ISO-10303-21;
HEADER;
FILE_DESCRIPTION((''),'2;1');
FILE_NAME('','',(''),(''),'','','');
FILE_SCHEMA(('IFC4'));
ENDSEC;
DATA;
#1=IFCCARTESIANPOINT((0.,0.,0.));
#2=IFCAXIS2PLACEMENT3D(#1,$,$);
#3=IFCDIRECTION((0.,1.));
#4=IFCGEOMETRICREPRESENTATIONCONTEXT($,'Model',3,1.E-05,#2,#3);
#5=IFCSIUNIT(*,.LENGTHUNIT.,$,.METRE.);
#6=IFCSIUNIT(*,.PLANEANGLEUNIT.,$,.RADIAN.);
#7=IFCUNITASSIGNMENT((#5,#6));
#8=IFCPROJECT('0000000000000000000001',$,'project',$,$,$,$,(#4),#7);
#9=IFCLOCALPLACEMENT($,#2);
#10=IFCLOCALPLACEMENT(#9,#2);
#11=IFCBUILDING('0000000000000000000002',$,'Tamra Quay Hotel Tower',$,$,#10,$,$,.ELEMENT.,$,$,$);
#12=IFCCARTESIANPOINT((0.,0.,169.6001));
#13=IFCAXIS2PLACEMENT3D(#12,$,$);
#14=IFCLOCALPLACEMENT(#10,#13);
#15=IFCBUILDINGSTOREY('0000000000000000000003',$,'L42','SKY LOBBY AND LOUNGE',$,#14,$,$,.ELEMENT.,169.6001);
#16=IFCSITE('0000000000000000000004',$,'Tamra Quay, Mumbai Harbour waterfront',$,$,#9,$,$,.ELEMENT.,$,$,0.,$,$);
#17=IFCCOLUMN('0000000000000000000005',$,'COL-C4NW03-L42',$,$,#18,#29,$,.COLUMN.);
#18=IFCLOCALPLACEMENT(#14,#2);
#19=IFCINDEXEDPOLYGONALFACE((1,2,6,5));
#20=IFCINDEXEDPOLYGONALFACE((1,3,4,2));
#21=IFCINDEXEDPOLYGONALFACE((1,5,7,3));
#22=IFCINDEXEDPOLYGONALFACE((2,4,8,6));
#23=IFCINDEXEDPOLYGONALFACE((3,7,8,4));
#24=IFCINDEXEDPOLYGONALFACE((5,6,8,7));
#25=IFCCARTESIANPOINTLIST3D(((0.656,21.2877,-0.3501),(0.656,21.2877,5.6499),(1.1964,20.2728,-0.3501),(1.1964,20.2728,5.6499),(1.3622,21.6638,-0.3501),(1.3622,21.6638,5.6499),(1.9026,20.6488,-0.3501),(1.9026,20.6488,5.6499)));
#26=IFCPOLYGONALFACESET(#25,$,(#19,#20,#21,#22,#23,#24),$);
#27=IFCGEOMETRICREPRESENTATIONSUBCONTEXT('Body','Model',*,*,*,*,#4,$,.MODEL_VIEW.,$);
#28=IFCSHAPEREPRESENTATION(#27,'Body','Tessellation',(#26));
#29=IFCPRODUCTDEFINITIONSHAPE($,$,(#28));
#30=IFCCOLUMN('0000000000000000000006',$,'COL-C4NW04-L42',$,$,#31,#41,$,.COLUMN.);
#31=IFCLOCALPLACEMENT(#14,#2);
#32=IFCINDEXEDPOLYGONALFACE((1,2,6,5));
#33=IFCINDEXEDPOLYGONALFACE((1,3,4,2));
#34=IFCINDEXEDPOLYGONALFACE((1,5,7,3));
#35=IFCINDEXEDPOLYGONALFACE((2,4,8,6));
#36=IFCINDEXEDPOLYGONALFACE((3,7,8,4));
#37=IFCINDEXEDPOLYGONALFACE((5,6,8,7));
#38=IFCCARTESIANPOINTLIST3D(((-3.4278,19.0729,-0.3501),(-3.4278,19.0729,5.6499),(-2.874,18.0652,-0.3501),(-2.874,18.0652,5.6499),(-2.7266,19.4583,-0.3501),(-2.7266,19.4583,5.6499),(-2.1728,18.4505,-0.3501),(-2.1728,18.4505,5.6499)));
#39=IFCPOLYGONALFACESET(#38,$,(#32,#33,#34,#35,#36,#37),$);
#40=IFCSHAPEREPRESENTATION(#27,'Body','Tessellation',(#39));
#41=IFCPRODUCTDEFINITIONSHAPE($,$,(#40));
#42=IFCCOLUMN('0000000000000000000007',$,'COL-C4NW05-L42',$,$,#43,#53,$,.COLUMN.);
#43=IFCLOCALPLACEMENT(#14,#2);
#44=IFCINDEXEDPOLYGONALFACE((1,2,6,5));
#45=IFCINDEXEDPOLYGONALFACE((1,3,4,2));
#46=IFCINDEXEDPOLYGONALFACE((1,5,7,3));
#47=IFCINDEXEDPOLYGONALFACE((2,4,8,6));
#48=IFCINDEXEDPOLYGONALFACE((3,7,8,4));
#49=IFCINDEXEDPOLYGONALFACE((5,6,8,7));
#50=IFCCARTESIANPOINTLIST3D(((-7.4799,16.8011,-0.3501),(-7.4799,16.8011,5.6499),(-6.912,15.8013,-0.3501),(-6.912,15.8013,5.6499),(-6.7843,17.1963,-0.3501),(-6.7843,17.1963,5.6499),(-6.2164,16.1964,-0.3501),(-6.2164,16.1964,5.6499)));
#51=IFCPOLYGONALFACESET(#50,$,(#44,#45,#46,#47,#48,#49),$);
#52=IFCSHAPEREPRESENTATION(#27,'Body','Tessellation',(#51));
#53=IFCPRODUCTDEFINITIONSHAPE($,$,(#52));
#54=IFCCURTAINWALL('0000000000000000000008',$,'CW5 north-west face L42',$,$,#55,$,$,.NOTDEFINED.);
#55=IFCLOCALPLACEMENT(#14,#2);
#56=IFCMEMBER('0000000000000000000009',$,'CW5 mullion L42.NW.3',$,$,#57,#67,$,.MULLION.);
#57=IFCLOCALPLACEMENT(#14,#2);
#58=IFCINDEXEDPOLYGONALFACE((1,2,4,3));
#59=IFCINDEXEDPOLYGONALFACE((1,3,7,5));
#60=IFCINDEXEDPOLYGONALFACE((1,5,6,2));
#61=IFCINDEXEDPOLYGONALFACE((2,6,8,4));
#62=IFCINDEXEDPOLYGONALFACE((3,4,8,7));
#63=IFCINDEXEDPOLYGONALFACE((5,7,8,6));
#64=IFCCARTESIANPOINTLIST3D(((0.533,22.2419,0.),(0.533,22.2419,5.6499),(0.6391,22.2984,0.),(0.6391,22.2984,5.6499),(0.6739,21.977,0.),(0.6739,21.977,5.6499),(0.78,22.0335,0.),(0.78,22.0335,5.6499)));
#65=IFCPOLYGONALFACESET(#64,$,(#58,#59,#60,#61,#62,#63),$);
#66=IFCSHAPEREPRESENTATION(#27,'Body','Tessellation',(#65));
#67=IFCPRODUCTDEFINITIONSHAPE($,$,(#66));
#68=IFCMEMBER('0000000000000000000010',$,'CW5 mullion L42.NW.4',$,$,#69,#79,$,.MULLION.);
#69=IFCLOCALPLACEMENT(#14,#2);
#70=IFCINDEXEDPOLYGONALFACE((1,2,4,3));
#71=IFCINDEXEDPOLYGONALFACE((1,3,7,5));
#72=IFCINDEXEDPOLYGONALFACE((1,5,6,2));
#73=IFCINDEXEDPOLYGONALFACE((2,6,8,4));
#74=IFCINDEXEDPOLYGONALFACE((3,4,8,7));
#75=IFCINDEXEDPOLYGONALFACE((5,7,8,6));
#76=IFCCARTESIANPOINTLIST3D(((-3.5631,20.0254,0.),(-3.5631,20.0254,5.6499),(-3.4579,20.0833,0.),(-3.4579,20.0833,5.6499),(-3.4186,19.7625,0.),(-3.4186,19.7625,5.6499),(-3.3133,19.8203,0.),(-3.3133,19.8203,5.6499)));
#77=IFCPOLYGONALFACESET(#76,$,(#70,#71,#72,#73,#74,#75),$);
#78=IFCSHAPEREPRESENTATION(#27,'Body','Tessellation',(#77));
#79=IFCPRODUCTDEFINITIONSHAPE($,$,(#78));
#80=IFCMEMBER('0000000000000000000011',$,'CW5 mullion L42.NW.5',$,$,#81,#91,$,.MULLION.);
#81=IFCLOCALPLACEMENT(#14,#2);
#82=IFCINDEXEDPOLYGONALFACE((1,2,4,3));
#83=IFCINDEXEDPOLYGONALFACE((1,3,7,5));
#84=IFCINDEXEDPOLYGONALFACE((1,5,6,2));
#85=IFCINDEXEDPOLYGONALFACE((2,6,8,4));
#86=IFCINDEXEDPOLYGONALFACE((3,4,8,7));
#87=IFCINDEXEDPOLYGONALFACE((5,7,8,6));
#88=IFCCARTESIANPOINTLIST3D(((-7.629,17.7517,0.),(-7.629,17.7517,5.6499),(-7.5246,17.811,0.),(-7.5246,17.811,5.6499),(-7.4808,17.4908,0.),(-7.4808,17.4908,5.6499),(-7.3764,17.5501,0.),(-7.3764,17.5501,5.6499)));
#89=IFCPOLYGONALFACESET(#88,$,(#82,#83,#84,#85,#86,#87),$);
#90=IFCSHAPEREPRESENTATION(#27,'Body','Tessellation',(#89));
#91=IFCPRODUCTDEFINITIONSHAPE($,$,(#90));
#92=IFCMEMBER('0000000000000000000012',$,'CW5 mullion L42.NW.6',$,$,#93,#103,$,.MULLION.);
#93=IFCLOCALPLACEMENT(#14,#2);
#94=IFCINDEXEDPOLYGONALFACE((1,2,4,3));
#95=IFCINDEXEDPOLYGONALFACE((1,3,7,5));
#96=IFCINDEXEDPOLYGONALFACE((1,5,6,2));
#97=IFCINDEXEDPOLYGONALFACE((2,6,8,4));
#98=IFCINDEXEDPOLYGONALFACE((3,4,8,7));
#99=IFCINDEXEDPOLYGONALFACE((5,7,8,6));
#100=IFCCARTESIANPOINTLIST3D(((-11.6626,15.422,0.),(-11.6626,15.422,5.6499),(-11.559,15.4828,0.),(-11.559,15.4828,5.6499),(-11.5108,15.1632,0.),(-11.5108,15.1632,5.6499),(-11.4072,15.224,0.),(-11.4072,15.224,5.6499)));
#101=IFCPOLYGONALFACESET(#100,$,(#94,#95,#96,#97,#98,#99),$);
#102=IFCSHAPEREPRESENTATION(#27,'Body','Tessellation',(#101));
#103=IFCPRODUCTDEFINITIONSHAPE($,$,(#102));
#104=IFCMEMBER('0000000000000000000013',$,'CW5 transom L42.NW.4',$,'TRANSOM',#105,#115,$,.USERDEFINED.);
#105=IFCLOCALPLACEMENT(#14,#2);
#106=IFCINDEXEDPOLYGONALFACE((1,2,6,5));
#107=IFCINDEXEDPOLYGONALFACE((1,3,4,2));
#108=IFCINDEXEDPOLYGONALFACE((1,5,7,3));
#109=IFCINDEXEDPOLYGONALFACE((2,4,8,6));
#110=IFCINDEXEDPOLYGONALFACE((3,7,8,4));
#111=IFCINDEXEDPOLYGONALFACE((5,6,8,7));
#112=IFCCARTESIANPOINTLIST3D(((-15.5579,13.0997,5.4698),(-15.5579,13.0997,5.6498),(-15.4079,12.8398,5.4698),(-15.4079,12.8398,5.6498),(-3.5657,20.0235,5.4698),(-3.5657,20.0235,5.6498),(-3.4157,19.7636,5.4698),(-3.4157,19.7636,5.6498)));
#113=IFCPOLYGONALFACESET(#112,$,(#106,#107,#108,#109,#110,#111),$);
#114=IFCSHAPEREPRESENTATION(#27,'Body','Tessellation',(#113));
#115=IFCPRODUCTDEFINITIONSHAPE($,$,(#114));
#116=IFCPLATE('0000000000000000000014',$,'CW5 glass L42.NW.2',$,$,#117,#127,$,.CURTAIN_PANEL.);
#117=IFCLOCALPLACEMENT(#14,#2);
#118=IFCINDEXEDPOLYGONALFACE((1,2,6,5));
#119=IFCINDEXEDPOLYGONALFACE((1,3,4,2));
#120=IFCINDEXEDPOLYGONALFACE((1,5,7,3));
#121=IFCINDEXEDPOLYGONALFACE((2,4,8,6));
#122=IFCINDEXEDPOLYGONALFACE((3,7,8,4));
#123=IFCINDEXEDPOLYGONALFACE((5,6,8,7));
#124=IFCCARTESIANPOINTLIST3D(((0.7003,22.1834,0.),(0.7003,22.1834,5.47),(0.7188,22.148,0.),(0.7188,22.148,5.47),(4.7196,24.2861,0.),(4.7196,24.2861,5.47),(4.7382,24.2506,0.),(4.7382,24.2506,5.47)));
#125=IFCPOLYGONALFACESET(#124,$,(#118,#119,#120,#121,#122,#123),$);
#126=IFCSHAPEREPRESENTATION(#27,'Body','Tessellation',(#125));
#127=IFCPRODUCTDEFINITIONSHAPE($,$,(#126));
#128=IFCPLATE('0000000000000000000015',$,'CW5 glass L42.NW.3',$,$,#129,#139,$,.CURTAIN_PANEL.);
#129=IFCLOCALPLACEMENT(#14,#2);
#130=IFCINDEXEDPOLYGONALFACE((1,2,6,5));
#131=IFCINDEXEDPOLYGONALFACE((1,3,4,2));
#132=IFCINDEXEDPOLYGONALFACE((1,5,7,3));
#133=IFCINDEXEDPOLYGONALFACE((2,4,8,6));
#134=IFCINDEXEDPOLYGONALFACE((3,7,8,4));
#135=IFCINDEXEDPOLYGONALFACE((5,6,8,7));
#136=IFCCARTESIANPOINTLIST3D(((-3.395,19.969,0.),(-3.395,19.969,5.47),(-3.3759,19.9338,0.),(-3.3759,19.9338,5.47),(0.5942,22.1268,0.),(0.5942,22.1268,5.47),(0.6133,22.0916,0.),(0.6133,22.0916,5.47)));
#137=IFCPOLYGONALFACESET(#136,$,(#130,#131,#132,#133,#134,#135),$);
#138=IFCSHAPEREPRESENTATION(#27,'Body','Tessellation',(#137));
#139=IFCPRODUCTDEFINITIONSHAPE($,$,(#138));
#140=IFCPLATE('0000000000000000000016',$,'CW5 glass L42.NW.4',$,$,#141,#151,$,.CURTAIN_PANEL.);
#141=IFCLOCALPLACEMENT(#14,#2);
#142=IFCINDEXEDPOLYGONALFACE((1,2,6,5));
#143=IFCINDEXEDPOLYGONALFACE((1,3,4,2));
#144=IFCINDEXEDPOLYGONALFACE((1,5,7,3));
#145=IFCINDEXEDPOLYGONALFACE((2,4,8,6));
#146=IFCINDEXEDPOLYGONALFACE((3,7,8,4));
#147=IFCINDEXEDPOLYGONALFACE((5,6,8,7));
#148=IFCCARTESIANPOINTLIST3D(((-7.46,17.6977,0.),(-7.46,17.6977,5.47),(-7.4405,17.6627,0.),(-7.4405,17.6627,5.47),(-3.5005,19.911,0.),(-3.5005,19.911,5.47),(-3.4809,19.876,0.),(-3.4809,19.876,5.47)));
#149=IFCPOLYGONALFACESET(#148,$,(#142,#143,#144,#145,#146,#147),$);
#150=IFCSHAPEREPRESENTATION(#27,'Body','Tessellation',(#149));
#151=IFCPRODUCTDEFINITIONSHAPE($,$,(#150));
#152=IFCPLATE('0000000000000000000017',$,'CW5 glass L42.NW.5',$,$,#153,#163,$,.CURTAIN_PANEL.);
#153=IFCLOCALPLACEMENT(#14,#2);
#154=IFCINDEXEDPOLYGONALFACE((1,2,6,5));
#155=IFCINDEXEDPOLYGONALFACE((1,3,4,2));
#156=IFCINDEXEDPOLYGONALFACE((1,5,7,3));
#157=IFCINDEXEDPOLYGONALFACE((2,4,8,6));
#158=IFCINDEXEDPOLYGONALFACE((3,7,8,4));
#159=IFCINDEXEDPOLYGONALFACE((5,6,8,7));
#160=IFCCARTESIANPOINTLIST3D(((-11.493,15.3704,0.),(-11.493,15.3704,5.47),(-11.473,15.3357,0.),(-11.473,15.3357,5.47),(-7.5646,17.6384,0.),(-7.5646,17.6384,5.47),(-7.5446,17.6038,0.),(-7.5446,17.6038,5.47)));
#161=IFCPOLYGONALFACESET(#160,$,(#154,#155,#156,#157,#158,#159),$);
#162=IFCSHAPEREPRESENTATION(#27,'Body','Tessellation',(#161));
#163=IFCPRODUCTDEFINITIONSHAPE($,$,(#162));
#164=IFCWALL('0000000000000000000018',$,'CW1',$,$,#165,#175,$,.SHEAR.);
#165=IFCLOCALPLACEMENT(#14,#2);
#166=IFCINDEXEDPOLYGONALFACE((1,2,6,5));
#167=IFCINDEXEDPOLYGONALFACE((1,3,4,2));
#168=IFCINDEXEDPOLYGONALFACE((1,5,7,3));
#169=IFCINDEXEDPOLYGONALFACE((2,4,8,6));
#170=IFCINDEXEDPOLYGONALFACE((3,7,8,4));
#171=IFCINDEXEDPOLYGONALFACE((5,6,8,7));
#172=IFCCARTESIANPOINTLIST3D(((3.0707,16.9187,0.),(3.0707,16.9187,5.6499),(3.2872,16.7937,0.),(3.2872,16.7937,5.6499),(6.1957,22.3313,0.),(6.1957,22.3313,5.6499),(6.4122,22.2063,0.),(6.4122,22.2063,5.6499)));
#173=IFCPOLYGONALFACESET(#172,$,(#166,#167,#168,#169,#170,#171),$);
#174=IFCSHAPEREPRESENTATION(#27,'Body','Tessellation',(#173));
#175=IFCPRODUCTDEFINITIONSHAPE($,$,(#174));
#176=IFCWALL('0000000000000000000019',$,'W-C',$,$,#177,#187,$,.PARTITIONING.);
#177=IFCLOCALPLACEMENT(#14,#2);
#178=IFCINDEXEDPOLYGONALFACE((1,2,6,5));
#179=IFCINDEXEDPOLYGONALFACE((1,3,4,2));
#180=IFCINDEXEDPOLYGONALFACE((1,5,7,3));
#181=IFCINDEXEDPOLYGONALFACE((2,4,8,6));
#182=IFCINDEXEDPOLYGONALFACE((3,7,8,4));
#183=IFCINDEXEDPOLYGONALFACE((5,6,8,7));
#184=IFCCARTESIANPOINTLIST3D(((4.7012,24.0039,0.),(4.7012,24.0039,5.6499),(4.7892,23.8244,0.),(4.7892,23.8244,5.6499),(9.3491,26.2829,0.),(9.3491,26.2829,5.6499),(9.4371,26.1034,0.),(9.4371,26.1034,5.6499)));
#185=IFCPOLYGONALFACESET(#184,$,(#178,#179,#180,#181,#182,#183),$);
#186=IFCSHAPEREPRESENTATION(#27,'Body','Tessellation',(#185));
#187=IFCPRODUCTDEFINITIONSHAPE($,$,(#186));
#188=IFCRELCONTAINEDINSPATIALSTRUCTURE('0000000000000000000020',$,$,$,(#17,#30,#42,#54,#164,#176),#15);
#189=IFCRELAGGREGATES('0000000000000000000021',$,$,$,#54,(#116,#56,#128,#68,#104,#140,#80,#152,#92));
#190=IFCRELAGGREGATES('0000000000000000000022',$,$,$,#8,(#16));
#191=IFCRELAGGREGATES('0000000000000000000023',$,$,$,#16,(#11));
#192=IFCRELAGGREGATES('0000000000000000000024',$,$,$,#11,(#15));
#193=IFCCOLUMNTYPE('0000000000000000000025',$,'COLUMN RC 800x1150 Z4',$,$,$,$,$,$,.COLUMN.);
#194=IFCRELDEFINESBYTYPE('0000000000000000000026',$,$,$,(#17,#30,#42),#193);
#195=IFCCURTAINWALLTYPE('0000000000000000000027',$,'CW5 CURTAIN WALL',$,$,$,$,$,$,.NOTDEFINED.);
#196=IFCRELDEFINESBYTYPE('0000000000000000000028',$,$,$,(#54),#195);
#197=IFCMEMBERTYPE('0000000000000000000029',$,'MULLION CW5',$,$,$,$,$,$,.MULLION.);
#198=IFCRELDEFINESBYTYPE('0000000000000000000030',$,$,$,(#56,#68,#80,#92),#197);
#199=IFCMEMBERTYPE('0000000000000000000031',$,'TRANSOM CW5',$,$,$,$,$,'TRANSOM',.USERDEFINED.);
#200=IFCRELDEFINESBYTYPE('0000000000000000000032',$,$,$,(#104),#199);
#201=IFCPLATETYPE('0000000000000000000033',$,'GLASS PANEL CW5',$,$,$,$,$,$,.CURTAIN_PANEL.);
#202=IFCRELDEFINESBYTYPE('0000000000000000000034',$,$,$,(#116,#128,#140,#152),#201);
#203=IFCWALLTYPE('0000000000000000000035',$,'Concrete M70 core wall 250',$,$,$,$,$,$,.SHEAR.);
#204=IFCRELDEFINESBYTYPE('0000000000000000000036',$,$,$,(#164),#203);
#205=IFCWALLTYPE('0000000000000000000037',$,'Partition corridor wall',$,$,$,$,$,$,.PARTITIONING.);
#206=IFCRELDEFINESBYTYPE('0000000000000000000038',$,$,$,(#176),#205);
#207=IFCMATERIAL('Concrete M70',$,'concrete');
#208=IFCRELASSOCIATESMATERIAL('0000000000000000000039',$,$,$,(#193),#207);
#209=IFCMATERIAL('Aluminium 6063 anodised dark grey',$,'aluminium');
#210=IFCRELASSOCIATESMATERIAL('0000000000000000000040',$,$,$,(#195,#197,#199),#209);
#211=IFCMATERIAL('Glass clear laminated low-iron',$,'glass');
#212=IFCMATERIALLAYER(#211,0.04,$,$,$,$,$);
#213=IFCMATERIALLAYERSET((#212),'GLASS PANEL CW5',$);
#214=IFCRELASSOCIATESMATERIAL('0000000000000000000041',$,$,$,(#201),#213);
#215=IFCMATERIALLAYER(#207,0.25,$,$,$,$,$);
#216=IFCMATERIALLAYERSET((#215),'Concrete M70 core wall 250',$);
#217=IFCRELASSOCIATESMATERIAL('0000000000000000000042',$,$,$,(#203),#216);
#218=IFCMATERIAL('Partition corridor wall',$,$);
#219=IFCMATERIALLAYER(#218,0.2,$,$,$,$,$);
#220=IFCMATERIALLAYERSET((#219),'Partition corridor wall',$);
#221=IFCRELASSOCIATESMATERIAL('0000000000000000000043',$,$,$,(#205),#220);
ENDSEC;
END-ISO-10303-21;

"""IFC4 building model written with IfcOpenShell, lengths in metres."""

from ifc_helpers import new_model, si_unit, direction, frame, frame_2d, origin, origin_2d, place, context, subcontext, project, spatial, rectangle, extrude, material, layer, layer_set, material_profile, profile_set, type_object, element, aggregate, save


model = new_model("IFC4")

# Units and contexts
model_context = context("Model", 3, precision=1e-05, world=origin(), true_north=direction((0.0, 1.0)))
body_context = subcontext(model_context, "Body", "Model", "MODEL_VIEW")
ifc_project = project(units=[si_unit("LENGTHUNIT", "METRE"), si_unit("PLANEANGLEUNIT", "RADIAN")], contexts=[model_context])

# Site, building, storey
site_placement = place(None, origin())
site = spatial("IfcSite", under=ifc_project, at=site_placement, Name="Tamra Quay, Mumbai Harbour waterfront", CompositionType="ELEMENT", RefElevation=0.0)
building_placement = place(site_placement, origin())
building = spatial("IfcBuilding", under=site, at=building_placement, Name="Tamra Quay Hotel Tower", CompositionType="ELEMENT")
storey_placement = place(building_placement, frame((0.0, 0.0, 169.6001)))
storey = spatial("IfcBuildingStorey", under=building, at=storey_placement, Name="L42", Description="SKY LOBBY AND LOUNGE", CompositionType="ELEMENT", Elevation=169.6001)

# Columns
ifc_material_1 = material(Name="Concrete M70", Category="concrete")
ifc_material_profile_1 = material_profile(ifc_material_1, rectangle(XDim=1.1499, YDim=0.8, at=origin_2d()), Name="COLUMN RC 800x1150 Z4")
ifc_profile_set_1 = profile_set([ifc_material_profile_1], Name="Concrete M70")
column_type = type_object("IfcColumnType", Name="COLUMN RC 800x1150 Z4", PredefinedType="COLUMN", material=ifc_profile_set_1)
for number, where, z_axis, x_axis, name in (
    (1, (1.2793, 20.9683, -0.3501), (0.0, 0.0, 1.0), (-0.470002, 0.882666, 0.0), "COL-C4NW03-L42"),
    (2, (-2.8003, 18.7617, -0.3501), (0.0, 0.0, 1.0), (-0.481602, 0.87639, 0.0), "COL-C4NW04-L42"),
    (3, (-6.8481, 16.4988, -0.3501), (0.0, 0.0, 1.0), (-0.49389, 0.869524, 0.0), "COL-C4NW05-L42"),
):
    element("IfcColumn", number, at=place(storey_placement, frame(where, z_axis=z_axis, x_axis=x_axis)), inside=storey, type_object=column_type, Name=name, PredefinedType="COLUMN", context=body_context, shape_type="SweptSolid", body=[
        extrude(rectangle(XDim=1.1499, YDim=0.8, at=origin_2d()), origin(), (0.0, 0.0, 1.0), 6.0),
    ])

# Curtain wall, members, plates
ifc_material_2 = material(Name="Aluminium 6063 anodised dark grey", Category="aluminium")
curtain_wall_type = type_object("IfcCurtainWallType", Name="CW5 CURTAIN WALL", PredefinedType="NOTDEFINED", material=ifc_material_2)
curtain_wall_placement = place(storey_placement, origin())
curtain_wall = element("IfcCurtainWall", 4, at=curtain_wall_placement, inside=storey, type_object=curtain_wall_type, Name="CW5 north-west face L42", PredefinedType="NOTDEFINED")
ifc_material_profile_2 = material_profile(ifc_material_2, rectangle(XDim=0.3, YDim=0.1201, at=origin_2d()), Name="MULLION 120X300")
ifc_profile_set_2 = profile_set([ifc_material_profile_2], Name="Aluminium 6063 anodised dark grey")
member_type_1 = type_object("IfcMemberType", Name="MULLION CW5", PredefinedType="MULLION", material=ifc_profile_set_2)
member_1_placement = place(storey_placement, frame((0.6565, 22.1377, 0.0), z_axis=(0.0, 0.0, 1.0), x_axis=(-0.469667, 0.882843, 0.0)))
member_1 = element("IfcMember", 5, at=member_1_placement, type_object=member_type_1, Name="CW5 mullion L42.NW.3", PredefinedType="MULLION", context=body_context, shape_type="SweptSolid", body=[
    extrude(rectangle(XDim=0.3, YDim=0.1201, at=origin_2d()), origin(), (0.0, 0.0, 1.0), 5.6499),
])
member_2_placement = place(storey_placement, frame((-3.4382, 19.9229, 0.0), z_axis=(0.0, 0.0, 1.0), x_axis=(-0.481861, 0.876248, 0.0)))
member_2 = element("IfcMember", 6, at=member_2_placement, type_object=member_type_1, Name="CW5 mullion L42.NW.4", PredefinedType="MULLION", context=body_context, shape_type="SweptSolid", body=[
    extrude(rectangle(XDim=0.3, YDim=0.1201, at=origin_2d()), origin(), (0.0, 0.0, 1.0), 5.6499),
])
member_3_placement = place(storey_placement, frame((-7.5027, 17.6509, 0.0), z_axis=(0.0, 0.0, 1.0), x_axis=(-0.493975, 0.869476, 0.0)))
member_3 = element("IfcMember", 7, at=member_3_placement, type_object=member_type_1, Name="CW5 mullion L42.NW.5", PredefinedType="MULLION", context=body_context, shape_type="SweptSolid", body=[
    extrude(rectangle(XDim=0.3, YDim=0.1201, at=origin_2d()), origin(), (0.0, 0.0, 1.0), 5.6499),
])
member_4_placement = place(storey_placement, frame((-11.5349, 15.323, 0.0), z_axis=(0.0, 0.0, 1.0), x_axis=(-0.506001, 0.862533, 0.0)))
member_4 = element("IfcMember", 8, at=member_4_placement, type_object=member_type_1, Name="CW5 mullion L42.NW.6", PredefinedType="MULLION", context=body_context, shape_type="SweptSolid", body=[
    extrude(rectangle(XDim=0.3, YDim=0.1201, at=origin_2d()), origin(), (0.0, 0.0, 1.0), 5.6499),
])
ifc_material_profile_3 = material_profile(ifc_material_2, rectangle(XDim=0.3, YDim=0.1799, at=origin_2d()), Name="TRANSOM 300X180")
ifc_profile_set_3 = profile_set([ifc_material_profile_3], Name="Aluminium 6063 anodised dark grey")
member_type_2 = type_object("IfcMemberType", Name="TRANSOM CW5", ElementType="TRANSOM", PredefinedType="USERDEFINED", material=ifc_profile_set_3)
member_5_placement = place(storey_placement, frame((-3.4907, 19.8936, 5.5598), z_axis=(-0.866021, -0.500007, 0.0), x_axis=(0.500007, -0.866021, 0.0)))
member_5 = element("IfcMember", 9, at=member_5_placement, type_object=member_type_2, Name="CW5 transom L42.NW.4", ObjectType="TRANSOM", PredefinedType="USERDEFINED", context=body_context, shape_type="SweptSolid", body=[
    extrude(rectangle(XDim=0.3, YDim=0.1799, at=origin_2d()), origin(), (0.0, 0.0, 1.0), 13.8474),
])
ifc_material_3 = material(Name="Glass clear laminated low-iron", Category="glass")
ifc_layer_1 = layer(ifc_material_3, 0.04)
ifc_layer_set_1 = layer_set([ifc_layer_1], Name="GLASS PANEL CW5")
plate_type = type_object("IfcPlateType", Name="GLASS PANEL CW5", PredefinedType="CURTAIN_PANEL", material=ifc_layer_set_1)
plate_1_placement = place(storey_placement, frame((2.7192, 23.217, 0.0), z_axis=(0.0, 0.0, 1.0), x_axis=(-0.886076, -0.46354, 0.0)))
plate_1 = element("IfcPlate", 10, at=plate_1_placement, type_object=plate_type, Name="CW5 glass L42.NW.2", PredefinedType="CURTAIN_PANEL", context=body_context, shape_type="SweptSolid", body=[
    extrude(rectangle(XDim=4.5361, YDim=0.04, at=origin_2d()), origin(), (0.0, 0.0, 1.0), 5.47),
])
plate_2_placement = place(storey_placement, frame((-1.3909, 21.0303, 0.0), z_axis=(0.0, 0.0, 1.0), x_axis=(-0.879569, -0.475772, 0.0)))
plate_2 = element("IfcPlate", 11, at=plate_2_placement, type_object=plate_type, Name="CW5 glass L42.NW.3", PredefinedType="CURTAIN_PANEL", context=body_context, shape_type="SweptSolid", body=[
    extrude(rectangle(XDim=4.5354, YDim=0.04, at=origin_2d()), origin(), (0.0, 0.0, 1.0), 5.47),
])
plate_3_placement = place(storey_placement, frame((-5.4705, 18.7869, 0.0), z_axis=(0.0, 0.0, 1.0), x_axis=(-0.872885, -0.487926, 0.0)))
plate_3 = element("IfcPlate", 12, at=plate_3_placement, type_object=plate_type, Name="CW5 glass L42.NW.4", PredefinedType="CURTAIN_PANEL", context=body_context, shape_type="SweptSolid", body=[
    extrude(rectangle(XDim=4.5361, YDim=0.04, at=origin_2d()), origin(), (0.0, 0.0, 1.0), 5.47),
])
plate_4_placement = place(storey_placement, frame((-9.5188, 16.4871, 0.0), z_axis=(0.0, 0.0, 1.0), x_axis=(-0.866025, -0.5, 0.0)))
plate_4 = element("IfcPlate", 13, at=plate_4_placement, type_object=plate_type, Name="CW5 glass L42.NW.5", PredefinedType="CURTAIN_PANEL", context=body_context, shape_type="SweptSolid", body=[
    extrude(rectangle(XDim=4.5361, YDim=0.04, at=origin_2d()), origin(), (0.0, 0.0, 1.0), 5.47),
])
aggregate(curtain_wall, [plate_1, member_1, plate_2, member_2, member_5, plate_3, member_3, plate_4, member_4])

# Walls
ifc_layer_2 = layer(ifc_material_1, 0.25)
ifc_layer_set_2 = layer_set([ifc_layer_2], Name="Concrete M70 core wall 250")
wall_type_1 = type_object("IfcWallType", Name="Concrete M70 core wall 250", PredefinedType="SHEAR", material=ifc_layer_set_2)
wall_1_placement = place(storey_placement, frame((3.179, 16.8562, 0.0), z_axis=(0.0, 0.0, 1.0), x_axis=(0.500004, 0.866023, 0.0)))
element("IfcWall", 14, at=wall_1_placement, inside=storey, type_object=wall_type_1, Name="CW1", PredefinedType="SHEAR", context=body_context, shape_type="SweptSolid", body=[
    extrude(rectangle(XDim=6.25, YDim=0.25, at=frame_2d((3.125, 0.0))), origin(), (0.0, 0.0, 1.0), 5.6499),
])
ifc_material_4 = material(Name="Partition corridor wall")
ifc_layer_3 = layer(ifc_material_4, 0.2)
ifc_layer_set_3 = layer_set([ifc_layer_3], Name="Partition corridor wall")
wall_type_2 = type_object("IfcWallType", Name="Partition corridor wall", PredefinedType="PARTITIONING", material=ifc_layer_set_3)
wall_2_placement = place(storey_placement, frame((4.7451, 23.9141, 0.0), z_axis=(0.0, 0.0, 1.0), x_axis=(0.897871, 0.440258, 0.0)))
element("IfcWall", 15, at=wall_2_placement, inside=storey, type_object=wall_type_2, Name="W-C", PredefinedType="PARTITIONING", context=body_context, shape_type="SweptSolid", body=[
    extrude(rectangle(XDim=5.1765, YDim=0.2, at=frame_2d((2.5884, 0.0))), origin(), (0.0, 0.0, 1.0), 5.6499),
])

save(model, "model.ifc")
